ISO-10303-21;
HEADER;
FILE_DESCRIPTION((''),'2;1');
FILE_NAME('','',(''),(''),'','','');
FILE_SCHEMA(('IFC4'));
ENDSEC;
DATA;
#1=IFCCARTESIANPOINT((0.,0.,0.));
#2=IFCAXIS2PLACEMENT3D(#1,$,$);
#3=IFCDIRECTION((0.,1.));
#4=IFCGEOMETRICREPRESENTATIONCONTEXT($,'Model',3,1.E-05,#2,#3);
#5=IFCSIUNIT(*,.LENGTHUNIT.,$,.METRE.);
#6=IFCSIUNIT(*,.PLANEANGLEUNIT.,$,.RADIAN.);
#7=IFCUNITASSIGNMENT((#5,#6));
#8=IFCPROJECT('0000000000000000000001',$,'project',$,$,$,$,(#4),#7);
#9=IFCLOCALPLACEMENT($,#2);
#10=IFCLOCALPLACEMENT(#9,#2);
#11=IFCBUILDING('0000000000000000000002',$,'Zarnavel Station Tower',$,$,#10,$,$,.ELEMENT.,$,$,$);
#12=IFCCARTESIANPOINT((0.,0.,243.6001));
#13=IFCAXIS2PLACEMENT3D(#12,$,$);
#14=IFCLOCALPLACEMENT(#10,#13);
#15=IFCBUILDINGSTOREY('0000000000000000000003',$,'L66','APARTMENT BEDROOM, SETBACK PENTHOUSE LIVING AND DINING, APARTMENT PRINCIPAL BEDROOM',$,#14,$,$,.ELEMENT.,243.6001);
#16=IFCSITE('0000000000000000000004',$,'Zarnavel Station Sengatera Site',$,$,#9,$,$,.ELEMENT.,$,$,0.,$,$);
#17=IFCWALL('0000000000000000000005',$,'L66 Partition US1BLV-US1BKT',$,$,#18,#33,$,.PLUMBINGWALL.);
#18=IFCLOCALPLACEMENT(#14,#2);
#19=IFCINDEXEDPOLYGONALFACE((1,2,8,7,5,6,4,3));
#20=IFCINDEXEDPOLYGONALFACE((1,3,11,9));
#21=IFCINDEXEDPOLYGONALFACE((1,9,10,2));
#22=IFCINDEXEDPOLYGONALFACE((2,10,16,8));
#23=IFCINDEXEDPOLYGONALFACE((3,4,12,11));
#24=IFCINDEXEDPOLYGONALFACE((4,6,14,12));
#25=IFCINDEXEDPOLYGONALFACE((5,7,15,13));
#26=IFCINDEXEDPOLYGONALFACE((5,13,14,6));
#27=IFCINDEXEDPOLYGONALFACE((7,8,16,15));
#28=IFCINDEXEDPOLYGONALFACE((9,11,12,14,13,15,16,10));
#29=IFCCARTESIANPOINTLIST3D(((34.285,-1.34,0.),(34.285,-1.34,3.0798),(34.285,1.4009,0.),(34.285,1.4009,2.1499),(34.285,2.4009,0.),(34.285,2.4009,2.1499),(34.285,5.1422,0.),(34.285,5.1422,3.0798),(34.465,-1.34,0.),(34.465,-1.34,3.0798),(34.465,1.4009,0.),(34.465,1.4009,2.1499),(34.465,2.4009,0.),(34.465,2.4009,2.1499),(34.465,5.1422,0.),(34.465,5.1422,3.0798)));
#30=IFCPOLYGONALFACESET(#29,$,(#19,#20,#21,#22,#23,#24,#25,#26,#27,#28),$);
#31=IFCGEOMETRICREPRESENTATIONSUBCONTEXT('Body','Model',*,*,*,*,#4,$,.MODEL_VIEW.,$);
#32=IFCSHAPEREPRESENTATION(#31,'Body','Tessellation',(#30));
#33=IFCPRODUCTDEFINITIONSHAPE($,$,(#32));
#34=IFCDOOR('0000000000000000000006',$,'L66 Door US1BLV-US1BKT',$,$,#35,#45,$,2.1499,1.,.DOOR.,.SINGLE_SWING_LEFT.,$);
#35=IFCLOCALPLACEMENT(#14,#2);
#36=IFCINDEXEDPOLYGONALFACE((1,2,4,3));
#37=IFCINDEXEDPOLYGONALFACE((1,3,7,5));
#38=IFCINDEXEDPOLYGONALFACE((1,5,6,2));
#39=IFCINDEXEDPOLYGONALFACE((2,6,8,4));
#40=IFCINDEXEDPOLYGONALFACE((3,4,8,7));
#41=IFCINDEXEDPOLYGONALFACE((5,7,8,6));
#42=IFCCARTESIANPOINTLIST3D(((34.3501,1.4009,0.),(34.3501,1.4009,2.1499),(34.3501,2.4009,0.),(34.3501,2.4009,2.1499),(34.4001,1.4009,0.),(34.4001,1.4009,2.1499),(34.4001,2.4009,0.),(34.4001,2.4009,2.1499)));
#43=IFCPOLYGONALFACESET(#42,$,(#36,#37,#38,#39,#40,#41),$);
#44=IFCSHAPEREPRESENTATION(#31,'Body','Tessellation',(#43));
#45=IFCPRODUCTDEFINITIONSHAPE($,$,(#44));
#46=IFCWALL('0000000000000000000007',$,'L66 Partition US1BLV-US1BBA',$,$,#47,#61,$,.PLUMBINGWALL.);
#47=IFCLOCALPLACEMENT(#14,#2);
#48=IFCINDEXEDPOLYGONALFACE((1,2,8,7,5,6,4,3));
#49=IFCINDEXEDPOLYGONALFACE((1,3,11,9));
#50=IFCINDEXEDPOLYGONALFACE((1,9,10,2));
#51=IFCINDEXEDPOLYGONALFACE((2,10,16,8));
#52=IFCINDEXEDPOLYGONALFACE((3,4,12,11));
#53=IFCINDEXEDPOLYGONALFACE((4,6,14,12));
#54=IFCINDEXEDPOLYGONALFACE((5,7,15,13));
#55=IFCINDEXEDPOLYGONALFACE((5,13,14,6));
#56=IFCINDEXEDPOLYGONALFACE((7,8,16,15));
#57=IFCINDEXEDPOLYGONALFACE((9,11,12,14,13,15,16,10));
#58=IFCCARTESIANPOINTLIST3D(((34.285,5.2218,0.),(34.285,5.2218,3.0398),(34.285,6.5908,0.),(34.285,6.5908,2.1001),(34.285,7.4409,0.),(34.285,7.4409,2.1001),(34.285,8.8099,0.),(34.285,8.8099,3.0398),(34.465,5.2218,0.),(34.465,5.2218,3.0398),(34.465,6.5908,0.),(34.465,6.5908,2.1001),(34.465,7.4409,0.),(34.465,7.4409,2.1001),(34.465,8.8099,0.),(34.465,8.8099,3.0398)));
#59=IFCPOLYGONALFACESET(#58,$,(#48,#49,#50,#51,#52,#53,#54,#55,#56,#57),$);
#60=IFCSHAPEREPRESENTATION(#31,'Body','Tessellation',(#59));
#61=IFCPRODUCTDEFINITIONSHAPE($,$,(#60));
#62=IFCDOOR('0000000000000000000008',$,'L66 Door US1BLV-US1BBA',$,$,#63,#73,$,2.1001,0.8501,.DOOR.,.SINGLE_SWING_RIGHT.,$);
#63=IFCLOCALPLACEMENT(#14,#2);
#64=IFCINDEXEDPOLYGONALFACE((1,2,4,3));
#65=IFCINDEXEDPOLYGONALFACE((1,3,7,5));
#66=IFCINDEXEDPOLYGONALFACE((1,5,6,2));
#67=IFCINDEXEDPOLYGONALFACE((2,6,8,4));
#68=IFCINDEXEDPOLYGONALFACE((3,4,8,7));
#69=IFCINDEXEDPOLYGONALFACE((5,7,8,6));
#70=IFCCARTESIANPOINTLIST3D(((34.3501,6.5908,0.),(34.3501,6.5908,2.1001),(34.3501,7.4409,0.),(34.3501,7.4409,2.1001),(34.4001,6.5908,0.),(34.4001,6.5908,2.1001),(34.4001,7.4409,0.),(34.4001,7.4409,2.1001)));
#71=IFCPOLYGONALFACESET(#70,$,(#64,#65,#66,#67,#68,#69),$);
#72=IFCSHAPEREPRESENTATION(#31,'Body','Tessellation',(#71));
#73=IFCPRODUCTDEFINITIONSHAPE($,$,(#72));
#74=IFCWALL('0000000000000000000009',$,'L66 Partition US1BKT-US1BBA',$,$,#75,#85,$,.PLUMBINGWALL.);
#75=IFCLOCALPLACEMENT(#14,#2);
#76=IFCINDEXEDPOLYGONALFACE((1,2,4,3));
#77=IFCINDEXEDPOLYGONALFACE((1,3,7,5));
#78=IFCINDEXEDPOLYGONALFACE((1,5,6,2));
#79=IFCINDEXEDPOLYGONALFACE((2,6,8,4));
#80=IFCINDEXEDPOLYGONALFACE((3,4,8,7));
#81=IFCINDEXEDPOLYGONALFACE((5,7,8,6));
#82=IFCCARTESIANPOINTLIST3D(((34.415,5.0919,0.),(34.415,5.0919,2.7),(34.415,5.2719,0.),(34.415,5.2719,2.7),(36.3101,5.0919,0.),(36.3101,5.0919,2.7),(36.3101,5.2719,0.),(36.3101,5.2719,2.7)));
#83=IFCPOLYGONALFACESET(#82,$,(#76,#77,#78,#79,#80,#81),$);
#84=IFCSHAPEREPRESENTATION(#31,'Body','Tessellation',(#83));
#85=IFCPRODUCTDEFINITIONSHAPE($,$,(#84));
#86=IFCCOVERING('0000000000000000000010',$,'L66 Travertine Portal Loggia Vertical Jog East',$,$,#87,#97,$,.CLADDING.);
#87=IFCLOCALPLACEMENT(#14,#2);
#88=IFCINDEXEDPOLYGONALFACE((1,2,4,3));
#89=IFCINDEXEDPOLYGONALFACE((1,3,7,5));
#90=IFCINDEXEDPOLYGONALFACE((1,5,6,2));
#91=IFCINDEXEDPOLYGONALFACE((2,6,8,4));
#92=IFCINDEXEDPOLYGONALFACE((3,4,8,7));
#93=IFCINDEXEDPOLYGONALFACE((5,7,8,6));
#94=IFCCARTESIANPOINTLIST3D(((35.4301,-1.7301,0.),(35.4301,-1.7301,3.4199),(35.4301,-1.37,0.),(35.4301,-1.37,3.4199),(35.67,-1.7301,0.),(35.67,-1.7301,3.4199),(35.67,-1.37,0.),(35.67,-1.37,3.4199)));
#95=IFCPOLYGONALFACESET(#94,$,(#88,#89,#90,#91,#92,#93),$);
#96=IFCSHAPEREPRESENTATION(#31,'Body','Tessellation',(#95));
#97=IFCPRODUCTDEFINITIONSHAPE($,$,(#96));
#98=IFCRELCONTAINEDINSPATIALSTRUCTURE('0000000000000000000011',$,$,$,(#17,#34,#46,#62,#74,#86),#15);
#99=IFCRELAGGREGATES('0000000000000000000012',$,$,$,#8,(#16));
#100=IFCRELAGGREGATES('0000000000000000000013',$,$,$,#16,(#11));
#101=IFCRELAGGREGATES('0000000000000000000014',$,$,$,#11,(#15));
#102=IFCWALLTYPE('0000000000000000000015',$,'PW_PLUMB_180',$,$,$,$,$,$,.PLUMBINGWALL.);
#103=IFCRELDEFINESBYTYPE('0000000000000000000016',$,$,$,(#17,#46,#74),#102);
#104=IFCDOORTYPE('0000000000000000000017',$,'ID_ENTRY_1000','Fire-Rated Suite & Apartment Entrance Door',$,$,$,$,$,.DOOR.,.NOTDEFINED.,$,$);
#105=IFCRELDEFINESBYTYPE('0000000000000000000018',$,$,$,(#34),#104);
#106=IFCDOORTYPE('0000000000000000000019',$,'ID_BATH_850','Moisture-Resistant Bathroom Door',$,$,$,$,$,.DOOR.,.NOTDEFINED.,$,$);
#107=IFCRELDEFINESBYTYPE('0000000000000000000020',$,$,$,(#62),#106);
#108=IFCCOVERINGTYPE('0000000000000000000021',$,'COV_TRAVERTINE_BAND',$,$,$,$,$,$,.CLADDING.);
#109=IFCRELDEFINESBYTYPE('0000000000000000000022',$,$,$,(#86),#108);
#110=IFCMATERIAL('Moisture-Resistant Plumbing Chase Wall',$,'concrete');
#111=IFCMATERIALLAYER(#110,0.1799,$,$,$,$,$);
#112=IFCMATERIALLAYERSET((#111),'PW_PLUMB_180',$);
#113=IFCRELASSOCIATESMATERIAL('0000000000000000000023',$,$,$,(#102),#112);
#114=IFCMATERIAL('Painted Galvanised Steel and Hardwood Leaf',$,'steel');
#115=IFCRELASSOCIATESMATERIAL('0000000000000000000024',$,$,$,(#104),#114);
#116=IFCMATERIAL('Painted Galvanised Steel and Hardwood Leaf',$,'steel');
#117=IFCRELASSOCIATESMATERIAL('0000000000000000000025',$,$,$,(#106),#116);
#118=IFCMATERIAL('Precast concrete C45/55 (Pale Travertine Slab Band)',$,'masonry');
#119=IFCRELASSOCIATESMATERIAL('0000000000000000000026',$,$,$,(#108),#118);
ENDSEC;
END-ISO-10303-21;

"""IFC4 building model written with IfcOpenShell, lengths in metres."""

from ifc_helpers import new_model, si_unit, direction, frame, frame_2d, origin, origin_2d, place, context, subcontext, project, spatial, rectangle, extrude, material, layer, layer_set, type_object, element, fill, save


model = new_model("IFC4")

# Units and contexts
model_context = context("Model", 3, precision=1e-05, world=origin(), true_north=direction((0.0, 1.0)))
body_context = subcontext(model_context, "Body", "Model", "MODEL_VIEW")
ifc_project = project(units=[si_unit("LENGTHUNIT", "METRE"), si_unit("PLANEANGLEUNIT", "RADIAN")], contexts=[model_context])

# Site, building, storey
site_placement = place(None, origin())
site = spatial("IfcSite", under=ifc_project, at=site_placement, Name="Zarnavel Station Sengatera Site", CompositionType="ELEMENT", RefElevation=0.0)
building_placement = place(site_placement, origin())
building = spatial("IfcBuilding", under=site, at=building_placement, Name="Zarnavel Station Tower", CompositionType="ELEMENT")
storey_placement = place(building_placement, frame((0.0, 0.0, 243.6001)))
storey = spatial("IfcBuildingStorey", under=building, at=storey_placement, Name="L66", Description="APARTMENT BEDROOM, SETBACK PENTHOUSE LIVING AND DINING, APARTMENT PRINCIPAL BEDROOM", CompositionType="ELEMENT", Elevation=243.6001)

# Shared definitions
ifc_material_1 = material(Name="Moisture-Resistant Plumbing Chase Wall", Category="concrete")
ifc_layer_1 = layer(ifc_material_1, 0.1799)
ifc_layer_set_1 = layer_set([ifc_layer_1], Name="PW_PLUMB_180")
wall_type_1 = type_object("IfcWallType", Name="PW_PLUMB_180", PredefinedType="PLUMBINGWALL", material=ifc_layer_set_1)

# Walls, openings, doors
wall_1_placement = place(storey_placement, frame((34.375, -1.3401, 0.0), z_axis=(0.0, 0.0, 1.0), x_axis=(0.0, 1.0, 0.0)))
wall_1 = element("IfcWall", 1, at=wall_1_placement, inside=storey, type_object=wall_type_1, Name="L66 Partition US1BLV-US1BKT", PredefinedType="PLUMBINGWALL", context=body_context, shape_type="SweptSolid", body=[
    extrude(rectangle(XDim=6.4822, YDim=0.1799, at=frame_2d((3.2412, 0.0))), origin(), (0.0, 0.0, 1.0), 3.0798),
])
opening_1_placement = place(wall_1_placement, frame((2.741, 0.0, 0.0)))
opening_1 = element("IfcOpeningElement", 2, at=opening_1_placement, cuts=wall_1, PredefinedType="OPENING", context=body_context, shape_type="SweptSolid", body=[
    extrude(rectangle(XDim=1.0, YDim=2.1499, at=frame_2d((0.5, 1.075))), frame((0.0, 0.0999, 0.0), z_axis=(0.0, -1.0, 0.0), x_axis=(1.0, 0.0, 0.0)), (0.0, 0.0, 1.0), 0.2),
])
ifc_material_2 = material(Name="Painted Galvanised Steel and Hardwood Leaf", Category="steel")
door_type_1 = type_object("IfcDoorType", Name="ID_ENTRY_1000", Description="Fire-Rated Suite & Apartment Entrance Door", OperationType="NOTDEFINED", PredefinedType="DOOR", material=ifc_material_2)
door_1_placement = place(opening_1_placement, origin())
door_1 = element("IfcDoor", 3, at=door_1_placement, inside=storey, type_object=door_type_1, Name="L66 Door US1BLV-US1BKT", OperationType="SINGLE_SWING_LEFT", OverallHeight=2.1499, OverallWidth=1.0, PredefinedType="DOOR", context=body_context, shape_type="SweptSolid", body=[
    extrude(rectangle(XDim=1.0, YDim=2.1499, at=frame_2d((0.5, 1.075))), frame((0.0, 0.0249, 0.0), z_axis=(0.0, -1.0, 0.0), x_axis=(1.0, 0.0, 0.0)), (0.0, 0.0, 1.0), 0.05),
])
fill(opening_1, door_1)
wall_2_placement = place(storey_placement, frame((34.375, 5.2219, 0.0), z_axis=(0.0, 0.0, 1.0), x_axis=(0.0, 1.0, 0.0)))
wall_2 = element("IfcWall", 4, at=wall_2_placement, inside=storey, type_object=wall_type_1, Name="L66 Partition US1BLV-US1BBA", PredefinedType="PLUMBINGWALL", context=body_context, shape_type="SweptSolid", body=[
    extrude(rectangle(XDim=3.5881, YDim=0.1799, at=frame_2d((1.7939, 0.0))), origin(), (0.0, 0.0, 1.0), 3.0398),
])
opening_2_placement = place(wall_2_placement, frame((1.3689, 0.0, 0.0)))
opening_2 = element("IfcOpeningElement", 5, at=opening_2_placement, cuts=wall_2, PredefinedType="OPENING", context=body_context, shape_type="SweptSolid", body=[
    extrude(rectangle(XDim=0.8501, YDim=2.1001, at=frame_2d((0.425, 1.05))), frame((0.0, 0.0999, 0.0), z_axis=(0.0, -1.0, 0.0), x_axis=(1.0, 0.0, 0.0)), (0.0, 0.0, 1.0), 0.2),
])
ifc_material_3 = material(Name="Painted Galvanised Steel and Hardwood Leaf", Category="steel")
door_type_2 = type_object("IfcDoorType", Name="ID_BATH_850", Description="Moisture-Resistant Bathroom Door", OperationType="NOTDEFINED", PredefinedType="DOOR", material=ifc_material_3)
door_2_placement = place(opening_2_placement, origin())
door_2 = element("IfcDoor", 6, at=door_2_placement, inside=storey, type_object=door_type_2, Name="L66 Door US1BLV-US1BBA", OperationType="SINGLE_SWING_RIGHT", OverallHeight=2.1001, OverallWidth=0.8501, PredefinedType="DOOR", context=body_context, shape_type="SweptSolid", body=[
    extrude(rectangle(XDim=0.8501, YDim=2.1001, at=frame_2d((0.425, 1.05))), frame((0.0, 0.0249, 0.0), z_axis=(0.0, -1.0, 0.0), x_axis=(1.0, 0.0, 0.0)), (0.0, 0.0, 1.0), 0.05),
])
fill(opening_2, door_2)

# Wall
wall_3_placement = place(storey_placement, frame((34.415, 5.1819, 0.0), z_axis=(0.0, 0.0, 1.0), x_axis=(1.0, 0.0, 0.0)))
element("IfcWall", 7, at=wall_3_placement, inside=storey, type_object=wall_type_1, Name="L66 Partition US1BKT-US1BBA", PredefinedType="PLUMBINGWALL", context=body_context, shape_type="SweptSolid", body=[
    extrude(rectangle(XDim=1.895, YDim=0.1799, at=frame_2d((0.9475, 0.0))), origin(), (0.0, 0.0, 1.0), 2.7),
])

# Covering
ifc_material_4 = material(Name="Precast concrete C45/55 (Pale Travertine Slab Band)", Category="masonry")
covering_type = type_object("IfcCoveringType", Name="COV_TRAVERTINE_BAND", PredefinedType="CLADDING", material=ifc_material_4)
covering_placement = place(storey_placement, frame((35.55, -1.55, 0.0), z_axis=(0.0, 0.0, 1.0), x_axis=(1.0, 0.0, 0.0)))
element("IfcCovering", 8, at=covering_placement, inside=storey, type_object=covering_type, Name="L66 Travertine Portal Loggia Vertical Jog East", PredefinedType="CLADDING", context=body_context, shape_type="SweptSolid", body=[
    extrude(rectangle(XDim=0.24, YDim=0.3601, at=origin_2d()), origin(), (0.0, 0.0, 1.0), 3.4199),
])

save(model, "model.ifc")
